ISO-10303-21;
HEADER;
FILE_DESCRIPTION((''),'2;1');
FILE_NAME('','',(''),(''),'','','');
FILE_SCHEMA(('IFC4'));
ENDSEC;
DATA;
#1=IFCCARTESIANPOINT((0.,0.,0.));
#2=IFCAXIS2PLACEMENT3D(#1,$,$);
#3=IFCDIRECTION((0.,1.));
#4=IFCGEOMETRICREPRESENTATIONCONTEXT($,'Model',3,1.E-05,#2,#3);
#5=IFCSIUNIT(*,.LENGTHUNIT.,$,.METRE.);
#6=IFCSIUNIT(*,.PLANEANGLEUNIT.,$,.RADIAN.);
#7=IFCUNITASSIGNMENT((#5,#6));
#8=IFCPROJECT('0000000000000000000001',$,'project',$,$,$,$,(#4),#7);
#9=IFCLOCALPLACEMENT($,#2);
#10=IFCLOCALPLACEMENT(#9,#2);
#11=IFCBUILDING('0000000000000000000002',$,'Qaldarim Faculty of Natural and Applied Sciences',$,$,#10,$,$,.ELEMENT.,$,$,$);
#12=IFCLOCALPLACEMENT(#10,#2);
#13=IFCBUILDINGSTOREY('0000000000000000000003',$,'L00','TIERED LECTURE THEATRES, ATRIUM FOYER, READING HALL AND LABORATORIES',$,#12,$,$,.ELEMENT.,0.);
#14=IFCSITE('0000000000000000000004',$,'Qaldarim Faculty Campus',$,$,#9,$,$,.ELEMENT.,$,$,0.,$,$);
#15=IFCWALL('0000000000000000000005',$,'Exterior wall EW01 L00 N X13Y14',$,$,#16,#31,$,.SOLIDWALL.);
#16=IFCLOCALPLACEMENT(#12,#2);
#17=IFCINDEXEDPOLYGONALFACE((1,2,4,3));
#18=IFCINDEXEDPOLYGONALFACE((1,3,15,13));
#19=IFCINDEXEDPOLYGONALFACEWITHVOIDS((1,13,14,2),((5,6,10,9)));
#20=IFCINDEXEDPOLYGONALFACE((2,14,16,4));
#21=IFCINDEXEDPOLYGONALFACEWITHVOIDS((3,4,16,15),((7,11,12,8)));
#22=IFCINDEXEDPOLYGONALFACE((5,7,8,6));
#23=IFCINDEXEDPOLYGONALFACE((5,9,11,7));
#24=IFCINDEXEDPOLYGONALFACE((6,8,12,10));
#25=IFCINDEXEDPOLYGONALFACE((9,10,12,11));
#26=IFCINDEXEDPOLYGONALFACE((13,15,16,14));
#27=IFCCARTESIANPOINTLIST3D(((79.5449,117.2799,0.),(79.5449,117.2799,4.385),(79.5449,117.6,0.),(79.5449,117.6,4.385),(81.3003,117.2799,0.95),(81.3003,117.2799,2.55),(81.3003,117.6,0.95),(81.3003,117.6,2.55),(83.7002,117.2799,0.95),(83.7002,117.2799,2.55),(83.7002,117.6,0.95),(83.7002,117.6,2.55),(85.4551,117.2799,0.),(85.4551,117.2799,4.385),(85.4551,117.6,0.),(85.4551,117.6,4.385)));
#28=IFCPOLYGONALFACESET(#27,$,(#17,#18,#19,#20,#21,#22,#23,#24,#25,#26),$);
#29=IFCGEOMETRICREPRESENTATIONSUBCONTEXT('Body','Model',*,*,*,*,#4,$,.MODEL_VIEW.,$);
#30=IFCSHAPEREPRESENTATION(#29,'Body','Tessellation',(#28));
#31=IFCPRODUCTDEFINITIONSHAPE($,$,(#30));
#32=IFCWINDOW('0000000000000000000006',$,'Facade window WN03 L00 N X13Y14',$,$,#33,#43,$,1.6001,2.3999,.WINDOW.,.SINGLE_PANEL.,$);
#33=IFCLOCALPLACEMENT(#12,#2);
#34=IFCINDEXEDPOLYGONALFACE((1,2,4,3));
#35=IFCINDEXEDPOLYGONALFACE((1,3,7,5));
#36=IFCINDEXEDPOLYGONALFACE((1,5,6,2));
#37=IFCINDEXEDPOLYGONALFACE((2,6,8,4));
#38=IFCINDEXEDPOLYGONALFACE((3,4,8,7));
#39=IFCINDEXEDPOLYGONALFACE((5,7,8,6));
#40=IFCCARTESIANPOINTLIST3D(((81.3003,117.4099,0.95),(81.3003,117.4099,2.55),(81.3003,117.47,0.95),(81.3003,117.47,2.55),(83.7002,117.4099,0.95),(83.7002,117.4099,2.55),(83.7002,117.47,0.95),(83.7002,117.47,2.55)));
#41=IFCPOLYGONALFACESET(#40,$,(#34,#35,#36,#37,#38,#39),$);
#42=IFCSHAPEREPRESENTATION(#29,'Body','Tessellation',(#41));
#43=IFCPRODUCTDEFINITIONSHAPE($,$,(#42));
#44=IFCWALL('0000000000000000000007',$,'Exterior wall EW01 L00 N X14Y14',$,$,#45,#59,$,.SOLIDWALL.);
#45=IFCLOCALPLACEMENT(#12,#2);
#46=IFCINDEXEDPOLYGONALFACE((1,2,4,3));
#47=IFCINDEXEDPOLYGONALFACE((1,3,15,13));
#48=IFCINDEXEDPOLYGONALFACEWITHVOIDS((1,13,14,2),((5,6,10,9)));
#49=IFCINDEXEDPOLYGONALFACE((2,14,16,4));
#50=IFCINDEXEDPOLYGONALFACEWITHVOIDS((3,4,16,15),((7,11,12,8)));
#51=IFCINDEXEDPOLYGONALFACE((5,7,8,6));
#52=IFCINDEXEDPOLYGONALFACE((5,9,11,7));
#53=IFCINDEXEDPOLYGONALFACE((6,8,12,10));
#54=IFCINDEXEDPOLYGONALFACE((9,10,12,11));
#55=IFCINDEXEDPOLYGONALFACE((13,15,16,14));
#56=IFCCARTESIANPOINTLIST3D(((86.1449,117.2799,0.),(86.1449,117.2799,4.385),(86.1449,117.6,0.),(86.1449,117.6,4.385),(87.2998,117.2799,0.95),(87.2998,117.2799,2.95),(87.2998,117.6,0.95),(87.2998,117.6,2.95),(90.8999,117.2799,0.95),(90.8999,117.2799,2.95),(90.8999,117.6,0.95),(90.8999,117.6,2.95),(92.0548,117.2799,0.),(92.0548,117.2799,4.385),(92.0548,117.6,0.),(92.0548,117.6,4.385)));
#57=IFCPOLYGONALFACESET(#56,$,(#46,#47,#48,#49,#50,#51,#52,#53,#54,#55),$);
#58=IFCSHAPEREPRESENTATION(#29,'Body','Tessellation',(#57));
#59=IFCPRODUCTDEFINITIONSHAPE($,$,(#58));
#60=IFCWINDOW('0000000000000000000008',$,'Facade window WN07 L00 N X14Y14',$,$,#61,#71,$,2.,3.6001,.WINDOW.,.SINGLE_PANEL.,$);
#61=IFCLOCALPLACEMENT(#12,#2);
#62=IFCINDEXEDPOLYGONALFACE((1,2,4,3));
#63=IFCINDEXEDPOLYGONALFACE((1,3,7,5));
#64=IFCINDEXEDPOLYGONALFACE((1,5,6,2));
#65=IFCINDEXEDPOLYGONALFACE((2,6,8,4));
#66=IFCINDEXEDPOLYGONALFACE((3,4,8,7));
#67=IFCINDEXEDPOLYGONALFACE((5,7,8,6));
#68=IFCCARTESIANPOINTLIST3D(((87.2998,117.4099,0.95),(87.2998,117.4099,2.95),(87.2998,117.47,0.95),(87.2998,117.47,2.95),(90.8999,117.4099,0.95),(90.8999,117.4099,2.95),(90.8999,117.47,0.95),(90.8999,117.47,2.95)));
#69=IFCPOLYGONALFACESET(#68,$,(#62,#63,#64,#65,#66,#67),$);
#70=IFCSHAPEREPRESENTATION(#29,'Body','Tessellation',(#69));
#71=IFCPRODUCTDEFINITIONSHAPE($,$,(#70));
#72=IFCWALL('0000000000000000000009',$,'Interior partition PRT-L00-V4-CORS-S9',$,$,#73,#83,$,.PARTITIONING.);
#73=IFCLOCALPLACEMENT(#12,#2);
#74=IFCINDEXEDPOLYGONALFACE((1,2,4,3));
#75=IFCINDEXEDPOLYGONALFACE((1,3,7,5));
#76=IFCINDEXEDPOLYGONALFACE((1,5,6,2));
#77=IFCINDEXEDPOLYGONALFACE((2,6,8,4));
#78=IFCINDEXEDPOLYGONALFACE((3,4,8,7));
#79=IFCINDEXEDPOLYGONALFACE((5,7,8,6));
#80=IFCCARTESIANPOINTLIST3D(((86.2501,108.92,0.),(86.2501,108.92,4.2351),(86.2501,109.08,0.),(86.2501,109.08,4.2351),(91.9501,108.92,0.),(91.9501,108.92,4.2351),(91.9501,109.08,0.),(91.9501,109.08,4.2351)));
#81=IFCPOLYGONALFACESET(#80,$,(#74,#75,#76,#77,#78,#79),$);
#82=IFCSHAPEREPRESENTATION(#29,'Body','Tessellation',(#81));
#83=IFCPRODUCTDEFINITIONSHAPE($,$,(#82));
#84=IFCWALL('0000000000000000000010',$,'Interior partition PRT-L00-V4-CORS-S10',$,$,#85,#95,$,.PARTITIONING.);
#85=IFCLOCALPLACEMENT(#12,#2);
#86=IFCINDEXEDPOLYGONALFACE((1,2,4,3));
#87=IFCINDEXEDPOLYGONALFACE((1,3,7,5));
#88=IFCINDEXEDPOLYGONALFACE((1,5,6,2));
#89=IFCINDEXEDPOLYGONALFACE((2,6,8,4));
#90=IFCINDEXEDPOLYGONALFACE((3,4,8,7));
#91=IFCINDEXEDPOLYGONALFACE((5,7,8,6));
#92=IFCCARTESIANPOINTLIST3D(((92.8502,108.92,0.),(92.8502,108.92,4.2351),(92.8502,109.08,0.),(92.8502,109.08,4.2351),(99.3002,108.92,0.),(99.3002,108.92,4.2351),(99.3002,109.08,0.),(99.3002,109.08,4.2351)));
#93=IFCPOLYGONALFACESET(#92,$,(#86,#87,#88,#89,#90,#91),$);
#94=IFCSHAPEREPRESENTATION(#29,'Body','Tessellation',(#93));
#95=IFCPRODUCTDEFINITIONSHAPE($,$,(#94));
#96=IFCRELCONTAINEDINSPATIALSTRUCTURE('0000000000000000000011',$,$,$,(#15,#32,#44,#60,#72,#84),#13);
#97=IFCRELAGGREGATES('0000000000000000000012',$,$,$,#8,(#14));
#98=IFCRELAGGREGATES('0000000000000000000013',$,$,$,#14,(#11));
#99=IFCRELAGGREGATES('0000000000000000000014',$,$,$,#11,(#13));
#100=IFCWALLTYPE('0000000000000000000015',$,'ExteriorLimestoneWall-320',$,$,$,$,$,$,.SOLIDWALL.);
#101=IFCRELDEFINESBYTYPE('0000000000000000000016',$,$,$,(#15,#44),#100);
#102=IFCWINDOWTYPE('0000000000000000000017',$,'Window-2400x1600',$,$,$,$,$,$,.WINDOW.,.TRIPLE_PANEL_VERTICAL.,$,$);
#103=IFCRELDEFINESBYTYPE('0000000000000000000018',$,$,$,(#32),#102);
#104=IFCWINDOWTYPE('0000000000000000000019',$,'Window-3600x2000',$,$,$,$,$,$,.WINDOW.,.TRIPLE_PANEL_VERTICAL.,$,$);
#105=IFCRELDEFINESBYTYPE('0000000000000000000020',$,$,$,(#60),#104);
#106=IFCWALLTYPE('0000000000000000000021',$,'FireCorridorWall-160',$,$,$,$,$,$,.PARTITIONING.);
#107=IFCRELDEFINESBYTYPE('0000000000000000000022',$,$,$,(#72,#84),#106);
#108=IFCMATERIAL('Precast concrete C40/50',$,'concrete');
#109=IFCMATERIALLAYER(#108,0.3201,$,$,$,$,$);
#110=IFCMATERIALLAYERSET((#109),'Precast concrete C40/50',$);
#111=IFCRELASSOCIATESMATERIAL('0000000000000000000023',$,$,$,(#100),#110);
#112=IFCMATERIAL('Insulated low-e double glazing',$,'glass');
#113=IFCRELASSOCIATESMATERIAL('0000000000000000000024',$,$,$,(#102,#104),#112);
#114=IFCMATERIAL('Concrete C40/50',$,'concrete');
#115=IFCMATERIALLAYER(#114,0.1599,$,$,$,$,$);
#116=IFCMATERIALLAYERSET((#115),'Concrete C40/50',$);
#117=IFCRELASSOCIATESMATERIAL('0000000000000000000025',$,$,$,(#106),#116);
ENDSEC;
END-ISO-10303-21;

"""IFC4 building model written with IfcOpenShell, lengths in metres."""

from ifc_helpers import new_model, si_unit, direction, frame, frame_2d, origin, place, context, subcontext, project, spatial, rectangle, extrude, material, layer, layer_set, type_object, element, fill, save


model = new_model("IFC4")

# Units and contexts
model_context = context("Model", 3, precision=1e-05, world=origin(), true_north=direction((0.0, 1.0)))
body_context = subcontext(model_context, "Body", "Model", "MODEL_VIEW")
ifc_project = project(units=[si_unit("LENGTHUNIT", "METRE"), si_unit("PLANEANGLEUNIT", "RADIAN")], contexts=[model_context])

# Site, building, storey
site_placement = place(None, origin())
site = spatial("IfcSite", under=ifc_project, at=site_placement, Name="Qaldarim Faculty Campus", CompositionType="ELEMENT", RefElevation=0.0)
building_placement = place(site_placement, origin())
building = spatial("IfcBuilding", under=site, at=building_placement, Name="Qaldarim Faculty of Natural and Applied Sciences", CompositionType="ELEMENT")
storey_placement = place(building_placement, origin())
storey = spatial("IfcBuildingStorey", under=building, at=storey_placement, Name="L00", Description="TIERED LECTURE THEATRES, ATRIUM FOYER, READING HALL AND LABORATORIES", CompositionType="ELEMENT", Elevation=0.0)

# Shared definitions
ifc_material_1 = material(Name="Concrete C40/50", Category="concrete")

# Walls, openings, windows
ifc_material_2 = material(Name="Precast concrete C40/50", Category="concrete")
ifc_layer_1 = layer(ifc_material_2, 0.3201)
ifc_layer_set_1 = layer_set([ifc_layer_1], Name="Precast concrete C40/50")
wall_type_1 = type_object("IfcWallType", Name="ExteriorLimestoneWall-320", PredefinedType="SOLIDWALL", material=ifc_layer_set_1)
wall_1_placement = place(storey_placement, frame((85.4551, 117.4399, 0.0), z_axis=(0.0, 0.0, 1.0), x_axis=(-1.0, 0.0, 0.0)))
wall_1 = element("IfcWall", 1, at=wall_1_placement, inside=storey, type_object=wall_type_1, Name="Exterior wall EW01 L00 N X13Y14", PredefinedType="SOLIDWALL", context=body_context, shape_type="SweptSolid", body=[
    extrude(rectangle(XDim=5.9102, YDim=0.3201, at=frame_2d((2.9551, 0.0))), origin(), (0.0, 0.0, 1.0), 4.385),
])
opening_1_placement = place(wall_1_placement, frame((1.7549, 0.0, 0.95)))
opening_1 = element("IfcOpeningElement", 2, at=opening_1_placement, cuts=wall_1, PredefinedType="OPENING", context=body_context, shape_type="SweptSolid", body=[
    extrude(rectangle(XDim=2.3999, YDim=1.6001, at=frame_2d((1.2, 0.8))), frame((0.0, 0.1699, 0.0), z_axis=(0.0, -1.0, 0.0), x_axis=(1.0, 0.0, 0.0)), (0.0, 0.0, 1.0), 0.3401),
])
ifc_material_3 = material(Name="Insulated low-e double glazing", Category="glass")
window_type_1 = type_object("IfcWindowType", Name="Window-2400x1600", PartitioningType="TRIPLE_PANEL_VERTICAL", PredefinedType="WINDOW", material=ifc_material_3)
window_1_placement = place(opening_1_placement, origin())
window_1 = element("IfcWindow", 3, at=window_1_placement, inside=storey, type_object=window_type_1, Name="Facade window WN03 L00 N X13Y14", OverallHeight=1.6001, OverallWidth=2.3999, PartitioningType="SINGLE_PANEL", PredefinedType="WINDOW", context=body_context, shape_type="SweptSolid", body=[
    extrude(rectangle(XDim=2.3999, YDim=1.6001, at=frame_2d((1.2, 0.8))), frame((0.0, 0.03, 0.0), z_axis=(0.0, -1.0, 0.0), x_axis=(1.0, 0.0, 0.0)), (0.0, 0.0, 1.0), 0.0601),
])
fill(opening_1, window_1)
wall_2_placement = place(storey_placement, frame((92.0549, 117.4399, 0.0), z_axis=(0.0, 0.0, 1.0), x_axis=(-1.0, 0.0, 0.0)))
wall_2 = element("IfcWall", 4, at=wall_2_placement, inside=storey, type_object=wall_type_1, Name="Exterior wall EW01 L00 N X14Y14", PredefinedType="SOLIDWALL", context=body_context, shape_type="SweptSolid", body=[
    extrude(rectangle(XDim=5.9099, YDim=0.3201, at=frame_2d((2.9551, 0.0))), origin(), (0.0, 0.0, 1.0), 4.385),
])
opening_2_placement = place(wall_2_placement, frame((1.155, 0.0, 0.95)))
opening_2 = element("IfcOpeningElement", 5, at=opening_2_placement, cuts=wall_2, PredefinedType="OPENING", context=body_context, shape_type="SweptSolid", body=[
    extrude(rectangle(XDim=3.6001, YDim=2.0, at=frame_2d((1.8, 1.0))), frame((0.0, 0.1699, 0.0), z_axis=(0.0, -1.0, 0.0), x_axis=(1.0, 0.0, 0.0)), (0.0, 0.0, 1.0), 0.3401),
])
window_type_2 = type_object("IfcWindowType", Name="Window-3600x2000", PartitioningType="TRIPLE_PANEL_VERTICAL", PredefinedType="WINDOW", material=ifc_material_3)
window_2_placement = place(opening_2_placement, origin())
window_2 = element("IfcWindow", 6, at=window_2_placement, inside=storey, type_object=window_type_2, Name="Facade window WN07 L00 N X14Y14", OverallHeight=2.0, OverallWidth=3.6001, PartitioningType="SINGLE_PANEL", PredefinedType="WINDOW", context=body_context, shape_type="SweptSolid", body=[
    extrude(rectangle(XDim=3.6001, YDim=2.0, at=frame_2d((1.8, 1.0))), frame((0.0, 0.03, 0.0), z_axis=(0.0, -1.0, 0.0), x_axis=(1.0, 0.0, 0.0)), (0.0, 0.0, 1.0), 0.0601),
])
fill(opening_2, window_2)

# Walls
ifc_layer_2 = layer(ifc_material_1, 0.1599)
ifc_layer_set_2 = layer_set([ifc_layer_2], Name="Concrete C40/50")
wall_type_2 = type_object("IfcWallType", Name="FireCorridorWall-160", PredefinedType="PARTITIONING", material=ifc_layer_set_2)
wall_3_placement = place(storey_placement, frame((86.25, 109.0, 0.0), z_axis=(0.0, 0.0, 1.0), x_axis=(1.0, 0.0, 0.0)))
element("IfcWall", 7, at=wall_3_placement, inside=storey, type_object=wall_type_2, Name="Interior partition PRT-L00-V4-CORS-S9", PredefinedType="PARTITIONING", context=body_context, shape_type="SweptSolid", body=[
    extrude(rectangle(XDim=5.7, YDim=0.1599, at=frame_2d((2.8501, 0.0))), origin(), (0.0, 0.0, 1.0), 4.2351),
])
wall_4_placement = place(storey_placement, frame((92.8501, 109.0, 0.0), z_axis=(0.0, 0.0, 1.0), x_axis=(1.0, 0.0, 0.0)))
element("IfcWall", 8, at=wall_4_placement, inside=storey, type_object=wall_type_2, Name="Interior partition PRT-L00-V4-CORS-S10", PredefinedType="PARTITIONING", context=body_context, shape_type="SweptSolid", body=[
    extrude(rectangle(XDim=6.45, YDim=0.1599, at=frame_2d((3.2251, 0.0))), origin(), (0.0, 0.0, 1.0), 4.2351),
])

save(model, "model.ifc")
